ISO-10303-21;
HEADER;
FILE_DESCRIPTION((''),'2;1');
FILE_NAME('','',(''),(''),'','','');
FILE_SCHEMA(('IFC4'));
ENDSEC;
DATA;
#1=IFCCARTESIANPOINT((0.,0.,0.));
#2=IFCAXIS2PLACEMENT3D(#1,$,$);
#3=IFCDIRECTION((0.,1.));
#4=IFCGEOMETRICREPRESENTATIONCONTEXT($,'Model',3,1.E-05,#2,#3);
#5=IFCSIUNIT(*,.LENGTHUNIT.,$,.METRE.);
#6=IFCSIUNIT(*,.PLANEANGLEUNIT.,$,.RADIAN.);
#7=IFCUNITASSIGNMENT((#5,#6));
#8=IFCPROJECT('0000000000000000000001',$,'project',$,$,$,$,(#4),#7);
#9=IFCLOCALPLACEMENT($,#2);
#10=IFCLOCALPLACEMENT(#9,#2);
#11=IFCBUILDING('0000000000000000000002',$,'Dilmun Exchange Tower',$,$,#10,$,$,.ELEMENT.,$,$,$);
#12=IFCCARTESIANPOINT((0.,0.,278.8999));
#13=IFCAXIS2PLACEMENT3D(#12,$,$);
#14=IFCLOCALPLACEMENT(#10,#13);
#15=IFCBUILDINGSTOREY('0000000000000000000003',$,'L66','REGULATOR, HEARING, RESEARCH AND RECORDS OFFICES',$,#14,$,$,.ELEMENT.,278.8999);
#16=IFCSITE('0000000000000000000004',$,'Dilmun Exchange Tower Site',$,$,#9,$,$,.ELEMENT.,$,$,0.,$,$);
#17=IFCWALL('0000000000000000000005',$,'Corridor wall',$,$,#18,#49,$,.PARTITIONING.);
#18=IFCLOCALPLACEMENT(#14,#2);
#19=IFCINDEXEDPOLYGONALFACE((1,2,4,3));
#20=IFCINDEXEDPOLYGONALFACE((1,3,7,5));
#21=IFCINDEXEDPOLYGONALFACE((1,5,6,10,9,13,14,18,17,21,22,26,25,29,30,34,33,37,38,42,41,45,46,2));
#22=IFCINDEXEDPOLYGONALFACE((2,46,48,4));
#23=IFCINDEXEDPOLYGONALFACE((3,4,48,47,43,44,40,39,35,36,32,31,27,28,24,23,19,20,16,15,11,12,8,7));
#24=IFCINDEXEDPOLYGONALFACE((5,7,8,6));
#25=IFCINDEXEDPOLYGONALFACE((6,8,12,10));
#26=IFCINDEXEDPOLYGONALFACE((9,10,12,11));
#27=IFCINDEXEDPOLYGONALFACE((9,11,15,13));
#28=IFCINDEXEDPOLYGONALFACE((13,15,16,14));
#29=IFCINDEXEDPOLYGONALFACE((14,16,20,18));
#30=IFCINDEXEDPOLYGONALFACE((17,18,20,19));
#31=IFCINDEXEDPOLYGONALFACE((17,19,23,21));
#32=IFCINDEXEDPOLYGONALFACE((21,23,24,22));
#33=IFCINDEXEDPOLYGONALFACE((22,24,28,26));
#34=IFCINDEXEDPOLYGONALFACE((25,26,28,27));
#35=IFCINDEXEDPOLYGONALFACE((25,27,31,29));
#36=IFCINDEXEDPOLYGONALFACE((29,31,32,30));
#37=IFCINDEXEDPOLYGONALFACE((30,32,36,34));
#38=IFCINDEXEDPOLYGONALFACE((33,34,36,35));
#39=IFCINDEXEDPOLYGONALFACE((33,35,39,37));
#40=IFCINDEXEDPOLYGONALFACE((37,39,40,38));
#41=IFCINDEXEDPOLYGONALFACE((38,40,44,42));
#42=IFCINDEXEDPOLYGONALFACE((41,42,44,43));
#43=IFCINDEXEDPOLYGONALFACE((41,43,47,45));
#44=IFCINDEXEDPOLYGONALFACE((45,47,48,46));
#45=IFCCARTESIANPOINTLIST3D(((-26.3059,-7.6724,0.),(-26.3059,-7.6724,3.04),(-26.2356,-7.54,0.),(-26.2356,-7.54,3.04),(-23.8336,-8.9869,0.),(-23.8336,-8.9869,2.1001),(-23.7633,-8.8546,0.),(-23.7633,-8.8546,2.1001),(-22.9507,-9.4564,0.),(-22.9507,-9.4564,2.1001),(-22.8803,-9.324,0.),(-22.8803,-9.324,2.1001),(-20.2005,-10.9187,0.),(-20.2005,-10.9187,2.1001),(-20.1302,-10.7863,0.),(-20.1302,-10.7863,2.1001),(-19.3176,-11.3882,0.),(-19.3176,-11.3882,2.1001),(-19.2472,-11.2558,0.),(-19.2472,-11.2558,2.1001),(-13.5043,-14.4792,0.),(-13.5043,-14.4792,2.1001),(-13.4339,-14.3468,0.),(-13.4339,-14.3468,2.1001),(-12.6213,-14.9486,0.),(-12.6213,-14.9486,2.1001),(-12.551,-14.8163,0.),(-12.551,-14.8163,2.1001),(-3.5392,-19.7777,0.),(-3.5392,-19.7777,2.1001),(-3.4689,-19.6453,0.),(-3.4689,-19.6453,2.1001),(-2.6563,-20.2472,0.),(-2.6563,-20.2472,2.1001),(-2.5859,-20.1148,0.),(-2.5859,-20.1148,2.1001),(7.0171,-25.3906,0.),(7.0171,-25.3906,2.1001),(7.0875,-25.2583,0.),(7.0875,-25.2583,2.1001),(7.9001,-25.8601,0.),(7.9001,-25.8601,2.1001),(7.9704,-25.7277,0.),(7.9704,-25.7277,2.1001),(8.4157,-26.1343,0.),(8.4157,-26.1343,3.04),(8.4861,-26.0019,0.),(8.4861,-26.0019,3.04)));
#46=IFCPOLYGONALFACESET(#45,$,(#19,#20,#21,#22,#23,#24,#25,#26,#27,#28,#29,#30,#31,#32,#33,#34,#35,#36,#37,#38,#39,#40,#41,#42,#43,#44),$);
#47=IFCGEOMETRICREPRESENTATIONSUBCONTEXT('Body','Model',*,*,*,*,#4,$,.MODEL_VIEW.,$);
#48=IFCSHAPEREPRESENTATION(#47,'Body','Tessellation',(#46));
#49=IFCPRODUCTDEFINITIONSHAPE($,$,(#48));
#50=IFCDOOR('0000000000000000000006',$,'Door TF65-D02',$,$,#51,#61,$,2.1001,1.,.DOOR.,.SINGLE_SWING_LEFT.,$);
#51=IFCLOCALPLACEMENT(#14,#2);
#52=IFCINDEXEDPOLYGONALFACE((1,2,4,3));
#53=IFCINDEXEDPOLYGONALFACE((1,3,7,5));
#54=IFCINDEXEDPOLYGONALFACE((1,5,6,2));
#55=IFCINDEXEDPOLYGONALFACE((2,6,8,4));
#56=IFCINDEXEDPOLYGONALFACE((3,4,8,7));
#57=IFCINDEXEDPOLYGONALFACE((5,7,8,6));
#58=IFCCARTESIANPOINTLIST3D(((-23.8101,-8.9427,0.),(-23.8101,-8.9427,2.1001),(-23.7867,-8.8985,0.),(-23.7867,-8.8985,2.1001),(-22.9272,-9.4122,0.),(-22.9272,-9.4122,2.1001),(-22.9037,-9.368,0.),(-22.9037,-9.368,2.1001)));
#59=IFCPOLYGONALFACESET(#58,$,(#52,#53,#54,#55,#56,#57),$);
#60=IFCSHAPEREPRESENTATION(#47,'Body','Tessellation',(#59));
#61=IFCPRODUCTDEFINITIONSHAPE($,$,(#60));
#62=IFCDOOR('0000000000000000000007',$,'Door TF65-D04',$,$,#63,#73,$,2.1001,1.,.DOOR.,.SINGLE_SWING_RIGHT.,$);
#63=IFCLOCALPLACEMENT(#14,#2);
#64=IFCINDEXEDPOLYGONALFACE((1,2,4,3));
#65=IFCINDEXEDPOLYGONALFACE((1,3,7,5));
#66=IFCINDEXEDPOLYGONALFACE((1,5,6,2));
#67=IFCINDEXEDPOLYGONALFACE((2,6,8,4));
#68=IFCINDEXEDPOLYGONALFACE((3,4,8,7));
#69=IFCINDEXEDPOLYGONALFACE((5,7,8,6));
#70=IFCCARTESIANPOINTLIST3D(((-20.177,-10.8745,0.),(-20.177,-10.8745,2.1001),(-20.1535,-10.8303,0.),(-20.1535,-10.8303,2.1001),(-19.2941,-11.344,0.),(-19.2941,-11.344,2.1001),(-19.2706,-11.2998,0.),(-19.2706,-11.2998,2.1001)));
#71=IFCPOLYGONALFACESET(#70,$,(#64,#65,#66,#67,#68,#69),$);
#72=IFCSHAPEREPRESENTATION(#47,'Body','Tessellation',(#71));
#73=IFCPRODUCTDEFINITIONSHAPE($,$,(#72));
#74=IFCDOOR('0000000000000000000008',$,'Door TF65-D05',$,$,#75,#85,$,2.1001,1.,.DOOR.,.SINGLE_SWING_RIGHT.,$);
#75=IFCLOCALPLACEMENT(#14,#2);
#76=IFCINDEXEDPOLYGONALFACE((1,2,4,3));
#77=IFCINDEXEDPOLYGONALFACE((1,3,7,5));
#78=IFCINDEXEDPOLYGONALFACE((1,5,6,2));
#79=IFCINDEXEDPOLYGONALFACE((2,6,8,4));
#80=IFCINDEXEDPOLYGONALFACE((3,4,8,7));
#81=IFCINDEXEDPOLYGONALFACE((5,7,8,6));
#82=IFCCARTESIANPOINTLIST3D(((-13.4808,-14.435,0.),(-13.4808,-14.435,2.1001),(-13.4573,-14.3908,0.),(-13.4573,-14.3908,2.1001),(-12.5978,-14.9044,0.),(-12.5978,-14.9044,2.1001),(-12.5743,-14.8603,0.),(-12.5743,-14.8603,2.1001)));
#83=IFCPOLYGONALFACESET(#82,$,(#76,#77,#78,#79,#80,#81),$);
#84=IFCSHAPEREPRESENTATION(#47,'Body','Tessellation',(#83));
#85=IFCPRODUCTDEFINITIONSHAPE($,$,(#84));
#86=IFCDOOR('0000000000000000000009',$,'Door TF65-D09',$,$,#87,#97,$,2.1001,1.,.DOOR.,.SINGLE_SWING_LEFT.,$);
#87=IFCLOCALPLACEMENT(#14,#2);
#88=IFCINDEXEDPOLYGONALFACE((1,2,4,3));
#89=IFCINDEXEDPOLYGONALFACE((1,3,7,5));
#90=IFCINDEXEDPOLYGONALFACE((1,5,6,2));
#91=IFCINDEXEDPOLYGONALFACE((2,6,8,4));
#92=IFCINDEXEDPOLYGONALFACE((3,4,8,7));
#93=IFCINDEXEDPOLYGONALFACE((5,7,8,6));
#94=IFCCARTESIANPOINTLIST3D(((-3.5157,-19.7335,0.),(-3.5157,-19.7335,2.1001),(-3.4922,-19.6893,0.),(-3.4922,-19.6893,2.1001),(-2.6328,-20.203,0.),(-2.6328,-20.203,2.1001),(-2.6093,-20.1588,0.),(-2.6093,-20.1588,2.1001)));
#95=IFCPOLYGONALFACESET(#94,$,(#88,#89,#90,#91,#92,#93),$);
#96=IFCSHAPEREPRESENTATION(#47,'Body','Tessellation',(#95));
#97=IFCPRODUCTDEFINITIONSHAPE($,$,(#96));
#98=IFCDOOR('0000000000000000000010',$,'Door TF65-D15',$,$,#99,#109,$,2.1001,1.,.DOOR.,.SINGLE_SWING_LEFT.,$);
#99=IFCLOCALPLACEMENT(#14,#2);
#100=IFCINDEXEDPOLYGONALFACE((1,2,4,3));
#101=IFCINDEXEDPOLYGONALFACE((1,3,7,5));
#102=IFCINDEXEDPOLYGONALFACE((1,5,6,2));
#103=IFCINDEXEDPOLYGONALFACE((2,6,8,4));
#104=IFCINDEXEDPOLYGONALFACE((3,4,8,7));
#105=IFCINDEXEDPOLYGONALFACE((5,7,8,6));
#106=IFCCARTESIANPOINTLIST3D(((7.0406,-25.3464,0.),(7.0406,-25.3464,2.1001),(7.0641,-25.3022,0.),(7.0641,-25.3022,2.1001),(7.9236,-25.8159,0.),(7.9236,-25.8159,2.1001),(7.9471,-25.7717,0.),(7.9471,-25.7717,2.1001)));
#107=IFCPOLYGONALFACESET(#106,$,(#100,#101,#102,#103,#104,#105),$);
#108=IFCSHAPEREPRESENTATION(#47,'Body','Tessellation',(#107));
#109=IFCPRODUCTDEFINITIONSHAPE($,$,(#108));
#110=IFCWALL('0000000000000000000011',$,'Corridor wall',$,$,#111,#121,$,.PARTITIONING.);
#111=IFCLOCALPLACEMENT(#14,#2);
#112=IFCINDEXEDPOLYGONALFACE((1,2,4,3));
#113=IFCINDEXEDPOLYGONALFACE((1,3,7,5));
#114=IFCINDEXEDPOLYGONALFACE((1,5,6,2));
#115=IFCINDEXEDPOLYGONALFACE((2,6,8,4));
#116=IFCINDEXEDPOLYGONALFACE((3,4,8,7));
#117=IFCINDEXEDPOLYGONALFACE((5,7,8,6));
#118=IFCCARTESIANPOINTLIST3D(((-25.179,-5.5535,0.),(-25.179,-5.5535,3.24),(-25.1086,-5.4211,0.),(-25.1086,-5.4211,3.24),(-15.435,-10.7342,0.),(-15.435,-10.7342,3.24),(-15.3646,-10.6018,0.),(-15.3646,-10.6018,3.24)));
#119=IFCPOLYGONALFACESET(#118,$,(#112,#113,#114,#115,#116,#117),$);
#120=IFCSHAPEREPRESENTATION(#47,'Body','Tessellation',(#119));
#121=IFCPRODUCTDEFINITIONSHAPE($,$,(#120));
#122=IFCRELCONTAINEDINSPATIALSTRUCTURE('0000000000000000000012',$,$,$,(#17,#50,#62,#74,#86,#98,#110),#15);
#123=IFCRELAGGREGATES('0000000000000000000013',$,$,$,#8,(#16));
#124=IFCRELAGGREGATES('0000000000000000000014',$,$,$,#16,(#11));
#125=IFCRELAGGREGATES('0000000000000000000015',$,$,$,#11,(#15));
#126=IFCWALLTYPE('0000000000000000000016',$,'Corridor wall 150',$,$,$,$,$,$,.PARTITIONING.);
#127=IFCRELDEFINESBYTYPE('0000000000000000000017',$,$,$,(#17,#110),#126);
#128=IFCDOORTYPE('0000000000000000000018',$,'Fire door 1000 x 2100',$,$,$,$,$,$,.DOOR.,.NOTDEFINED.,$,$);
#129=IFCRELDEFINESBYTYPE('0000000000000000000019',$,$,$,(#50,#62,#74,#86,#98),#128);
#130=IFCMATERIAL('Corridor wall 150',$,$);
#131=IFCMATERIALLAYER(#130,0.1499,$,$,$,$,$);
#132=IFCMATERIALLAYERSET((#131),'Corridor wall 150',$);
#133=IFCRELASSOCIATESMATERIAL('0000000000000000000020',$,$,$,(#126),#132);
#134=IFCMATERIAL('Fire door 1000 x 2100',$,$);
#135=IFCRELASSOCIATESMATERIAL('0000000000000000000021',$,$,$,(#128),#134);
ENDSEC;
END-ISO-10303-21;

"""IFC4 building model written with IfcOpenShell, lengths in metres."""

from ifc_helpers import new_model, si_unit, direction, frame, frame_2d, origin, place, context, subcontext, project, spatial, rectangle, extrude, material, layer, layer_set, type_object, element, fill, save


model = new_model("IFC4")

# Units and contexts
model_context = context("Model", 3, precision=1e-05, world=origin(), true_north=direction((0.0, 1.0)))
body_context = subcontext(model_context, "Body", "Model", "MODEL_VIEW")
ifc_project = project(units=[si_unit("LENGTHUNIT", "METRE"), si_unit("PLANEANGLEUNIT", "RADIAN")], contexts=[model_context])

# Site, building, storey
site_placement = place(None, origin())
site = spatial("IfcSite", under=ifc_project, at=site_placement, Name="Dilmun Exchange Tower Site", CompositionType="ELEMENT", RefElevation=0.0)
building_placement = place(site_placement, origin())
building = spatial("IfcBuilding", under=site, at=building_placement, Name="Dilmun Exchange Tower", CompositionType="ELEMENT")
storey_placement = place(building_placement, frame((0.0, 0.0, 278.8999)))
storey = spatial("IfcBuildingStorey", under=building, at=storey_placement, Name="L66", Description="REGULATOR, HEARING, RESEARCH AND RECORDS OFFICES", CompositionType="ELEMENT", Elevation=278.8999)

# Shared definitions
ifc_material_1 = material(Name="Corridor wall 150")
ifc_layer_1 = layer(ifc_material_1, 0.1499)
ifc_layer_set_1 = layer_set([ifc_layer_1], Name="Corridor wall 150")
wall_type_1 = type_object("IfcWallType", Name="Corridor wall 150", PredefinedType="PARTITIONING", material=ifc_layer_set_1)

# Wall, openings, doors
wall_1_placement = place(storey_placement, frame((-26.2708, -7.6062, 0.0), z_axis=(0.0, 0.0, 1.0), x_axis=(0.882947, -0.469473, 0.0)))
wall_1 = element("IfcWall", 1, at=wall_1_placement, inside=storey, type_object=wall_type_1, Name="Corridor wall", PredefinedType="PARTITIONING", context=body_context, shape_type="SweptSolid", body=[
    extrude(rectangle(XDim=39.3247, YDim=0.1499, at=frame_2d((19.6624, 0.0))), origin(), (0.0, 0.0, 1.0), 3.04),
])
opening_1_placement = place(wall_1_placement, frame((2.8, 0.0, 0.0)))
opening_1 = element("IfcOpeningElement", 2, at=opening_1_placement, cuts=wall_1, PredefinedType="OPENING", context=body_context, shape_type="SweptSolid", body=[
    extrude(rectangle(XDim=1.0, YDim=2.1001, at=frame_2d((0.5, 1.05))), frame((0.0, 0.085, 0.0), z_axis=(0.0, -1.0, 0.0), x_axis=(1.0, 0.0, 0.0)), (0.0, 0.0, 1.0), 0.1699),
])
opening_2_placement = place(wall_1_placement, frame((6.9148, 0.0, 0.0)))
opening_2 = element("IfcOpeningElement", 3, at=opening_2_placement, cuts=wall_1, PredefinedType="OPENING", context=body_context, shape_type="SweptSolid", body=[
    extrude(rectangle(XDim=1.0, YDim=2.1001, at=frame_2d((0.5, 1.05))), frame((0.0, 0.085, 0.0), z_axis=(0.0, -1.0, 0.0), x_axis=(1.0, 0.0, 0.0)), (0.0, 0.0, 1.0), 0.1699),
])
opening_3_placement = place(wall_1_placement, frame((14.4988, 0.0, 0.0)))
opening_3 = element("IfcOpeningElement", 4, at=opening_3_placement, cuts=wall_1, PredefinedType="OPENING", context=body_context, shape_type="SweptSolid", body=[
    extrude(rectangle(XDim=1.0, YDim=2.1001, at=frame_2d((0.5, 1.05))), frame((0.0, 0.085, 0.0), z_axis=(0.0, -1.0, 0.0), x_axis=(1.0, 0.0, 0.0)), (0.0, 0.0, 1.0), 0.1699),
])
opening_4_placement = place(wall_1_placement, frame((25.7849, 0.0, 0.0)))
opening_4 = element("IfcOpeningElement", 5, at=opening_4_placement, cuts=wall_1, PredefinedType="OPENING", context=body_context, shape_type="SweptSolid", body=[
    extrude(rectangle(XDim=1.0, YDim=2.1001, at=frame_2d((0.5, 1.05))), frame((0.0, 0.085, 0.0), z_axis=(0.0, -1.0, 0.0), x_axis=(1.0, 0.0, 0.0)), (0.0, 0.0, 1.0), 0.1699),
])
opening_5_placement = place(wall_1_placement, frame((37.7407, 0.0, 0.0)))
opening_5 = element("IfcOpeningElement", 6, at=opening_5_placement, cuts=wall_1, PredefinedType="OPENING", context=body_context, shape_type="SweptSolid", body=[
    extrude(rectangle(XDim=1.0, YDim=2.1001, at=frame_2d((0.5, 1.05))), frame((0.0, 0.085, 0.0), z_axis=(0.0, -1.0, 0.0), x_axis=(1.0, 0.0, 0.0)), (0.0, 0.0, 1.0), 0.1699),
])
ifc_material_2 = material(Name="Fire door 1000 x 2100")
door_type_1 = type_object("IfcDoorType", Name="Fire door 1000 x 2100", OperationType="NOTDEFINED", PredefinedType="DOOR", material=ifc_material_2)
door_1_placement = place(opening_1_placement, frame((1.0, 0.0, 0.0), z_axis=(0.0, 0.0, 1.0), x_axis=(-1.0, 0.0, 0.0)))
door_1 = element("IfcDoor", 7, at=door_1_placement, inside=storey, type_object=door_type_1, Name="Door TF65-D02", OperationType="SINGLE_SWING_LEFT", OverallHeight=2.1001, OverallWidth=1.0, PredefinedType="DOOR", context=body_context, shape_type="SweptSolid", body=[
    extrude(rectangle(XDim=1.0, YDim=2.1001, at=frame_2d((0.5, 1.05))), frame((0.0, 0.0249, 0.0), z_axis=(0.0, -1.0, 0.0), x_axis=(1.0, 0.0, 0.0)), (0.0, 0.0, 1.0), 0.05),
])
fill(opening_1, door_1)
door_2_placement = place(opening_2_placement, frame((1.0, 0.0, 0.0), z_axis=(0.0, 0.0, 1.0), x_axis=(-1.0, 0.0, 0.0)))
door_2 = element("IfcDoor", 8, at=door_2_placement, inside=storey, type_object=door_type_1, Name="Door TF65-D04", OperationType="SINGLE_SWING_RIGHT", OverallHeight=2.1001, OverallWidth=1.0, PredefinedType="DOOR", context=body_context, shape_type="SweptSolid", body=[
    extrude(rectangle(XDim=1.0, YDim=2.1001, at=frame_2d((0.5, 1.05))), frame((0.0, 0.0249, 0.0), z_axis=(0.0, -1.0, 0.0), x_axis=(1.0, 0.0, 0.0)), (0.0, 0.0, 1.0), 0.05),
])
fill(opening_2, door_2)
door_3_placement = place(opening_3_placement, frame((1.0, 0.0, 0.0), z_axis=(0.0, 0.0, 1.0), x_axis=(-1.0, 0.0, 0.0)))
door_3 = element("IfcDoor", 9, at=door_3_placement, inside=storey, type_object=door_type_1, Name="Door TF65-D05", OperationType="SINGLE_SWING_RIGHT", OverallHeight=2.1001, OverallWidth=1.0, PredefinedType="DOOR", context=body_context, shape_type="SweptSolid", body=[
    extrude(rectangle(XDim=1.0, YDim=2.1001, at=frame_2d((0.5, 1.05))), frame((0.0, 0.0249, 0.0), z_axis=(0.0, -1.0, 0.0), x_axis=(1.0, 0.0, 0.0)), (0.0, 0.0, 1.0), 0.05),
])
fill(opening_3, door_3)
door_4_placement = place(opening_4_placement, frame((1.0, 0.0, 0.0), z_axis=(0.0, 0.0, 1.0), x_axis=(-1.0, 0.0, 0.0)))
door_4 = element("IfcDoor", 10, at=door_4_placement, inside=storey, type_object=door_type_1, Name="Door TF65-D09", OperationType="SINGLE_SWING_LEFT", OverallHeight=2.1001, OverallWidth=1.0, PredefinedType="DOOR", context=body_context, shape_type="SweptSolid", body=[
    extrude(rectangle(XDim=1.0, YDim=2.1001, at=frame_2d((0.5, 1.05))), frame((0.0, 0.0249, 0.0), z_axis=(0.0, -1.0, 0.0), x_axis=(1.0, 0.0, 0.0)), (0.0, 0.0, 1.0), 0.05),
])
fill(opening_4, door_4)
door_5_placement = place(opening_5_placement, frame((1.0, 0.0, 0.0), z_axis=(0.0, 0.0, 1.0), x_axis=(-1.0, 0.0, 0.0)))
door_5 = element("IfcDoor", 11, at=door_5_placement, inside=storey, type_object=door_type_1, Name="Door TF65-D15", OperationType="SINGLE_SWING_LEFT", OverallHeight=2.1001, OverallWidth=1.0, PredefinedType="DOOR", context=body_context, shape_type="SweptSolid", body=[
    extrude(rectangle(XDim=1.0, YDim=2.1001, at=frame_2d((0.5, 1.05))), frame((0.0, 0.0249, 0.0), z_axis=(0.0, -1.0, 0.0), x_axis=(1.0, 0.0, 0.0)), (0.0, 0.0, 1.0), 0.05),
])
fill(opening_5, door_5)

# Wall
wall_2_placement = place(storey_placement, frame((-25.1438, -5.4873, 0.0), z_axis=(0.0, 0.0, 1.0), x_axis=(0.882957, -0.469453, 0.0)))
element("IfcWall", 12, at=wall_2_placement, inside=storey, type_object=wall_type_1, Name="Corridor wall", PredefinedType="PARTITIONING", context=body_context, shape_type="SweptSolid", body=[
    extrude(rectangle(XDim=11.0356, YDim=0.1499, at=frame_2d((5.5178, 0.0))), origin(), (0.0, 0.0, 1.0), 3.24),
])

save(model, "model.ifc")
